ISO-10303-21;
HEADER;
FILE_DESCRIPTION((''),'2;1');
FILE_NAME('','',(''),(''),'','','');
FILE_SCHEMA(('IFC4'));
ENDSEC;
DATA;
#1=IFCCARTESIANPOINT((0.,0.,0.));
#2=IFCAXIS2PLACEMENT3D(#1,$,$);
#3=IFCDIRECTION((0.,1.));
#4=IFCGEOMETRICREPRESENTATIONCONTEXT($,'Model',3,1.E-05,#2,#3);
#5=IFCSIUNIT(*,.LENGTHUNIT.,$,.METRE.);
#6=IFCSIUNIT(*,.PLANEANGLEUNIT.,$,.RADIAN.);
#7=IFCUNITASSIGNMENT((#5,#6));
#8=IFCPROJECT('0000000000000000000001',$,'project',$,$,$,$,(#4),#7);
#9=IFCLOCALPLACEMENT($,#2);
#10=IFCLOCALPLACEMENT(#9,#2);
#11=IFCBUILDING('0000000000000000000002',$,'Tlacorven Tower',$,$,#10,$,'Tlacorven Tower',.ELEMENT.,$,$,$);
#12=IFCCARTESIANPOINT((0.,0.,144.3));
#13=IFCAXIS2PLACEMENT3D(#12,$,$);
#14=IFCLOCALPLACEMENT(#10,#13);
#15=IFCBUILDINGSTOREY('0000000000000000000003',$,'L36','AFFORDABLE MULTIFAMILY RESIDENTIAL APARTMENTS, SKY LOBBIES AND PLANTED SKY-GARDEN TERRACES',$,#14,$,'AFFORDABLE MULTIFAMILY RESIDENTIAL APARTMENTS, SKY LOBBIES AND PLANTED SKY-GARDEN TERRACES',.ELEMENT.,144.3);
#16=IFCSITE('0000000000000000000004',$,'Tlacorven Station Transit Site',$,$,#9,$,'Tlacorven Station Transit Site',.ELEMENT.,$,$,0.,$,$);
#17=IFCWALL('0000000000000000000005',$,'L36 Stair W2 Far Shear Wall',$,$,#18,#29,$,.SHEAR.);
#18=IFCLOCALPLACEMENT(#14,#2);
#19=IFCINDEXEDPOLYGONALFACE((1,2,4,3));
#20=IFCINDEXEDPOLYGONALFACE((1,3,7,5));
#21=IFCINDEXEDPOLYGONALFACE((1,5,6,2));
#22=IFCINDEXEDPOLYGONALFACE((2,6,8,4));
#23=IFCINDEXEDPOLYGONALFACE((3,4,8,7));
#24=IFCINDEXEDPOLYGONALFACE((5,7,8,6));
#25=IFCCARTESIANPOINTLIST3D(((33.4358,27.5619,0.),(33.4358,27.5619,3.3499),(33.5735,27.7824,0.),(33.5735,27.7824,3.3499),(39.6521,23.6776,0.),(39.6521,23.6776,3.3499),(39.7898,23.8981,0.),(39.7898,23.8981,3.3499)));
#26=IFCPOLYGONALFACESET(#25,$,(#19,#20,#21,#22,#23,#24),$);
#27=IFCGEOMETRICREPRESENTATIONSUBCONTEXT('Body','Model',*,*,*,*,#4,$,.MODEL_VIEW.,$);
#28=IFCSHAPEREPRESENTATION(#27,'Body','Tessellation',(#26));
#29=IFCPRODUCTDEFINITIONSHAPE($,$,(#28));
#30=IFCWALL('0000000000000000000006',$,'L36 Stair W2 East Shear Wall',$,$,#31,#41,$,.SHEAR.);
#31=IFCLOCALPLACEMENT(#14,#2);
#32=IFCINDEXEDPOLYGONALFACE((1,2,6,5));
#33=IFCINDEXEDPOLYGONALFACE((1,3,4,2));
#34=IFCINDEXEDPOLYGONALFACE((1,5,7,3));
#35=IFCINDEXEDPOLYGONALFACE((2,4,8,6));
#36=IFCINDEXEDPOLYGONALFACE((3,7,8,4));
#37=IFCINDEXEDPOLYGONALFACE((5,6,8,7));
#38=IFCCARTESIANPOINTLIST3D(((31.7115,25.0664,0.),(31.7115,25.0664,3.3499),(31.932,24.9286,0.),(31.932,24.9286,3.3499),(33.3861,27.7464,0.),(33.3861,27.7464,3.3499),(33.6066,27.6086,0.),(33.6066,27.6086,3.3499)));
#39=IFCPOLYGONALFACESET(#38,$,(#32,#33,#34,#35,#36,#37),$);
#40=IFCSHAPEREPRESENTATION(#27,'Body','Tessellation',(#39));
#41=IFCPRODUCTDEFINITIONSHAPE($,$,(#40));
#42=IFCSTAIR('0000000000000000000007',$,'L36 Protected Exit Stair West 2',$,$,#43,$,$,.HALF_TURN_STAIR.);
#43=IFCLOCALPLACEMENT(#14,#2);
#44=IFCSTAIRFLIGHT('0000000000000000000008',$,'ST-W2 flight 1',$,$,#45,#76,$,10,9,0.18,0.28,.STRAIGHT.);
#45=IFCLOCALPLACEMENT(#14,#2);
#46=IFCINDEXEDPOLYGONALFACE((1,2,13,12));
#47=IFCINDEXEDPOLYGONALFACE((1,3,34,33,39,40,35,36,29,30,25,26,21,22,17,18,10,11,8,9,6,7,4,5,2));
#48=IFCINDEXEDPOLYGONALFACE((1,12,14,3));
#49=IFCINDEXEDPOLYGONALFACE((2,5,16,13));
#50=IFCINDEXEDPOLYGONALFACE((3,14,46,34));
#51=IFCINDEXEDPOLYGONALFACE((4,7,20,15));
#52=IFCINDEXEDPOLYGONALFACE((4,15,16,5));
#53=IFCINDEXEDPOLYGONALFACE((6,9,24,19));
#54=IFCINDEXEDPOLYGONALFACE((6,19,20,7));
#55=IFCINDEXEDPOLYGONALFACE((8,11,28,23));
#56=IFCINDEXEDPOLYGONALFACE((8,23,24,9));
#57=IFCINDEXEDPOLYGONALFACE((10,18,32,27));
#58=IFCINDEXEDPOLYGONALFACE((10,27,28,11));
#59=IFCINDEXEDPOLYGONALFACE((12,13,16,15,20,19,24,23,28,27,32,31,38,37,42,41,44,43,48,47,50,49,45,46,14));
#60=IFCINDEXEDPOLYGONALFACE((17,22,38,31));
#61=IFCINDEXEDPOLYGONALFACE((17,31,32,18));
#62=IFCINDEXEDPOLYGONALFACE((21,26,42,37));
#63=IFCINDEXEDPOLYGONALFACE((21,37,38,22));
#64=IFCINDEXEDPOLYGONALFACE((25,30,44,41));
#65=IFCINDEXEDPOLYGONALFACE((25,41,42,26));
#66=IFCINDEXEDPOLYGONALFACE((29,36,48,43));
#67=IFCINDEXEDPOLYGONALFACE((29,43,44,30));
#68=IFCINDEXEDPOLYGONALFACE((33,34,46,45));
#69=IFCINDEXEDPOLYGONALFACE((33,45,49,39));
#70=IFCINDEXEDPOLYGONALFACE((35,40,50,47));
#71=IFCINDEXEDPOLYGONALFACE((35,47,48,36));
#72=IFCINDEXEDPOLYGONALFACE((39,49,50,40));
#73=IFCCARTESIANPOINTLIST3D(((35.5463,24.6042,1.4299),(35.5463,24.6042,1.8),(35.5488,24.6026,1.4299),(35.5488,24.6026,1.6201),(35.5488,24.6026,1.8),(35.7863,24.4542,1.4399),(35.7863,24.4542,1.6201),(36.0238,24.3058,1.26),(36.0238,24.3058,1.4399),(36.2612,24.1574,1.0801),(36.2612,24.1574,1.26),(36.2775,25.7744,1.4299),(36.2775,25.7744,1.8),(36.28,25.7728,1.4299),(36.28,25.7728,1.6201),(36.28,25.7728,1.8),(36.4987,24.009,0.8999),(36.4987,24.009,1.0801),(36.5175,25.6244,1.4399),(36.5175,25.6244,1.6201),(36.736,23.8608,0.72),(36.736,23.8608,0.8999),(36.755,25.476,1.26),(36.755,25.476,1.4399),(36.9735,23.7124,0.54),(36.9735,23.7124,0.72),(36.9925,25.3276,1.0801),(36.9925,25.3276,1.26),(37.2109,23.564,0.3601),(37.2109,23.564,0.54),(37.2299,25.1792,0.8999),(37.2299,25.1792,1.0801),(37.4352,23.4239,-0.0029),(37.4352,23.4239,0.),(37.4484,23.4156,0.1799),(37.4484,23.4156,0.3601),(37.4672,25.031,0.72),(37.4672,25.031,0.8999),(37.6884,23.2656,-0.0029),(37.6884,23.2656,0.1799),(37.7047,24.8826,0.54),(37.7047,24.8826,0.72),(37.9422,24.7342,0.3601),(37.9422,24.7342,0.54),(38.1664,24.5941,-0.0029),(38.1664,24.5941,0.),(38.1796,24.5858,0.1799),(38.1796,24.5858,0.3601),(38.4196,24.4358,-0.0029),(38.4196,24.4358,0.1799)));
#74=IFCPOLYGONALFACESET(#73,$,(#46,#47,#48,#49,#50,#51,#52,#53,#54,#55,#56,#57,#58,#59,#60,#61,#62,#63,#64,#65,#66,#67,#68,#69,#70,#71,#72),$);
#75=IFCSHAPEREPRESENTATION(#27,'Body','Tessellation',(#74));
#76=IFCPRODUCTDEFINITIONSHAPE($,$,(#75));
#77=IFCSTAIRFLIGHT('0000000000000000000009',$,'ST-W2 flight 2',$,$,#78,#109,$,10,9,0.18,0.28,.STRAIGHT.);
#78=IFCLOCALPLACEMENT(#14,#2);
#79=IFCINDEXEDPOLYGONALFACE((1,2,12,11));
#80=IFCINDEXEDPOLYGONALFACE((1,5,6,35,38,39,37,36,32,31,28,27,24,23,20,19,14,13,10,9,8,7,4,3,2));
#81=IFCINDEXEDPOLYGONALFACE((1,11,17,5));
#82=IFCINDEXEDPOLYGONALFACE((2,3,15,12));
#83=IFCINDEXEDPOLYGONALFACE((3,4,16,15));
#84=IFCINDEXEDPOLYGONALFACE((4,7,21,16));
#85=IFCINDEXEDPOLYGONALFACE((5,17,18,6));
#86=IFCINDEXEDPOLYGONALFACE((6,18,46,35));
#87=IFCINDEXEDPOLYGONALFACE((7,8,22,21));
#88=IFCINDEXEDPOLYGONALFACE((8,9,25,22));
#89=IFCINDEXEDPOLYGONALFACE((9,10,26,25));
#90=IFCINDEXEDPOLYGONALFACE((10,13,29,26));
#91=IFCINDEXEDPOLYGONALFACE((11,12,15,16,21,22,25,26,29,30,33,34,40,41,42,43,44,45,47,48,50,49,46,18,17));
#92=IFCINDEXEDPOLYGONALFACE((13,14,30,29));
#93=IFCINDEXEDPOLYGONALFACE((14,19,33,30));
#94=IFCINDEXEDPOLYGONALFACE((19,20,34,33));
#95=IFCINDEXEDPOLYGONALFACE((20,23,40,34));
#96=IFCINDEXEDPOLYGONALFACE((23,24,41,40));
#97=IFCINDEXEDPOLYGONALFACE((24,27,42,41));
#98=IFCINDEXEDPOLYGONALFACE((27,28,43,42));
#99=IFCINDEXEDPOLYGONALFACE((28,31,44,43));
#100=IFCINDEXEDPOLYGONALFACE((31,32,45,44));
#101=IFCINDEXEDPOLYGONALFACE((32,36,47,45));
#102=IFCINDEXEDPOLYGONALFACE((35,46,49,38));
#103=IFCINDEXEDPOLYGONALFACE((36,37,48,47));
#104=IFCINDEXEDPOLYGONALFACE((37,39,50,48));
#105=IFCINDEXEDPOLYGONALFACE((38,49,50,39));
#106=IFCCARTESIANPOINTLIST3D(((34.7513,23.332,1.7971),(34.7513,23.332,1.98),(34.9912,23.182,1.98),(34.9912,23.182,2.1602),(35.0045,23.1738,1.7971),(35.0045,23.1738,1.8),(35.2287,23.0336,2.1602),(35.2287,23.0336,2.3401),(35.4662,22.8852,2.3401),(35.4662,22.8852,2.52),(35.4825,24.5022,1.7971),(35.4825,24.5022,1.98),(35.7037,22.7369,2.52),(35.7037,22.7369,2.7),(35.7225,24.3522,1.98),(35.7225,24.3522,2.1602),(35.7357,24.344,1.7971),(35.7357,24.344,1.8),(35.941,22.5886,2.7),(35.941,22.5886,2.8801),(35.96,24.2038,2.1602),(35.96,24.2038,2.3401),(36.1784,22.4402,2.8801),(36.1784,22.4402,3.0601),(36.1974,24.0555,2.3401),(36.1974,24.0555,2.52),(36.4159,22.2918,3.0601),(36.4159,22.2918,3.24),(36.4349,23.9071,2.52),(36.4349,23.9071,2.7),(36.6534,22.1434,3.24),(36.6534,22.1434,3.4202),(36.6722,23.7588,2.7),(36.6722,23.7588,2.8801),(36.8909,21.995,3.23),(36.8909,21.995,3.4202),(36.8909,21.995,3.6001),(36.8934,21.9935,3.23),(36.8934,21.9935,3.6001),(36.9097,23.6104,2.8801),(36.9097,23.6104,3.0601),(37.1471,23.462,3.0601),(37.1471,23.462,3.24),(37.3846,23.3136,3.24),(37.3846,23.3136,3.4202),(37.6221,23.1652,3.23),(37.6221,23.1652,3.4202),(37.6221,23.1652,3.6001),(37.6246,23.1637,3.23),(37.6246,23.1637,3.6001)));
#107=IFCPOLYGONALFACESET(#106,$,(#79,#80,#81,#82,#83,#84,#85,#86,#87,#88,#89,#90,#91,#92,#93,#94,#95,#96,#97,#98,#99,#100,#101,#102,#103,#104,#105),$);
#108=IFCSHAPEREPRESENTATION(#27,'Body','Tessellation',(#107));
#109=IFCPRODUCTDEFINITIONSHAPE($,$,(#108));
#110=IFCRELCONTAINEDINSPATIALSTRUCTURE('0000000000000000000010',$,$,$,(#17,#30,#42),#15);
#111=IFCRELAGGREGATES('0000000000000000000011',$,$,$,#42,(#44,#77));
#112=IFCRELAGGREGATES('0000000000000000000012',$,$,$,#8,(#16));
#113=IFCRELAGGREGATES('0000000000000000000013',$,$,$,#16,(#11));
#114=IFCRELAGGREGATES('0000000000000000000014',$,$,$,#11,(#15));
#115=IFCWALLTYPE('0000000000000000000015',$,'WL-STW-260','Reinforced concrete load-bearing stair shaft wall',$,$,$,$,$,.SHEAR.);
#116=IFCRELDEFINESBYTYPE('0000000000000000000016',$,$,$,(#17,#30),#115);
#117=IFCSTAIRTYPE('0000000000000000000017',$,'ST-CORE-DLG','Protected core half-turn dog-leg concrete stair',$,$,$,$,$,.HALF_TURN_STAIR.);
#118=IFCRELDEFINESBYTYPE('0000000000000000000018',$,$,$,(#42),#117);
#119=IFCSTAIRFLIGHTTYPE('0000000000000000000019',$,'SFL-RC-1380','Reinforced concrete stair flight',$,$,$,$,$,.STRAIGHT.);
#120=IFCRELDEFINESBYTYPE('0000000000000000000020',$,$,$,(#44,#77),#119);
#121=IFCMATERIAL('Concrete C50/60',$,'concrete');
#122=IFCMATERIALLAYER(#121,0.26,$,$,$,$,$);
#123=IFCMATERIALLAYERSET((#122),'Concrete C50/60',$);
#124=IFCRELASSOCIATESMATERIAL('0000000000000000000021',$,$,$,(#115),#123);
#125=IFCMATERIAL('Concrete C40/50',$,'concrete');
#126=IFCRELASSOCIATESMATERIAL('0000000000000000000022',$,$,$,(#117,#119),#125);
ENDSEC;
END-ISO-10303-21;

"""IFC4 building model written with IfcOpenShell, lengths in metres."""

from ifc_helpers import new_model, si_unit, direction, frame, frame_2d, origin, place, context, subcontext, project, spatial, polyline, rectangle, outline, extrude, source, transform, mapped, material, layer, layer_set, type_object, element, aggregate, save


model = new_model("IFC4")

# Units and contexts
model_context = context("Model", 3, precision=1e-05, world=origin(), true_north=direction((0.0, 1.0)))
body_context = subcontext(model_context, "Body", "Model", "MODEL_VIEW")
ifc_project = project(units=[si_unit("LENGTHUNIT", "METRE"), si_unit("PLANEANGLEUNIT", "RADIAN")], contexts=[model_context])

# Site, building, storey
site_placement = place(None, origin())
site = spatial("IfcSite", under=ifc_project, at=site_placement, Name="Tlacorven Station Transit Site", LongName="Tlacorven Station Transit Site", CompositionType="ELEMENT", RefElevation=0.0)
building_placement = place(site_placement, origin())
building = spatial("IfcBuilding", under=site, at=building_placement, Name="Tlacorven Tower", LongName="Tlacorven Tower", CompositionType="ELEMENT")
storey_placement = place(building_placement, frame((0.0, 0.0, 144.3)))
storey = spatial("IfcBuildingStorey", under=building, at=storey_placement, Name="L36", Description="AFFORDABLE MULTIFAMILY RESIDENTIAL APARTMENTS, SKY LOBBIES AND PLANTED SKY-GARDEN TERRACES", LongName="AFFORDABLE MULTIFAMILY RESIDENTIAL APARTMENTS, SKY LOBBIES AND PLANTED SKY-GARDEN TERRACES", CompositionType="ELEMENT", Elevation=144.3)

# Walls
ifc_material_1 = material(Name="Concrete C40/50", Category="concrete")
ifc_material_2 = material(Name="Concrete C50/60", Category="concrete")
ifc_layer_1 = layer(ifc_material_2, 0.26)
ifc_layer_set_1 = layer_set([ifc_layer_1], Name="Concrete C50/60")
wall_type_1 = type_object("IfcWallType", Name="WL-STW-260", Description="Reinforced concrete load-bearing stair shaft wall", PredefinedType="SHEAR", material=ifc_layer_set_1)
wall_1_placement = place(storey_placement, frame((39.7209, 23.7878, 0.0), z_axis=(0.0, 0.0, 1.0), x_axis=(-0.848054, 0.529909, 0.0)))
element("IfcWall", 1, at=wall_1_placement, inside=storey, type_object=wall_type_1, Name="L36 Stair W2 Far Shear Wall", PredefinedType="SHEAR", context=body_context, shape_type="SweptSolid", body=[
    extrude(rectangle(XDim=7.3301, YDim=0.26, at=frame_2d((3.665, 0.0))), origin(), (0.0, 0.0, 1.0), 3.3499),
])
wall_2_placement = place(storey_placement, frame((33.4963, 27.6775, 0.0), z_axis=(0.0, 0.0, 1.0), x_axis=(-0.529909, -0.848055, 0.0)))
element("IfcWall", 2, at=wall_2_placement, inside=storey, type_object=wall_type_1, Name="L36 Stair W2 East Shear Wall", PredefinedType="SHEAR", context=body_context, shape_type="SweptSolid", body=[
    extrude(rectangle(XDim=3.1602, YDim=0.26, at=frame_2d((1.5801, 0.0))), origin(), (0.0, 0.0, 1.0), 3.3499),
])

# Stair, stair flights
stair_type = type_object("IfcStairType", Name="ST-CORE-DLG", Description="Protected core half-turn dog-leg concrete stair", PredefinedType="HALF_TURN_STAIR", material=ifc_material_1)
stair_placement = place(storey_placement, origin())
stair = element("IfcStair", 3, at=stair_placement, inside=storey, type_object=stair_type, Name="L36 Protected Exit Stair West 2", PredefinedType="HALF_TURN_STAIR")
stair_flight_type = type_object("IfcStairFlightType", Name="SFL-RC-1380", Description="Reinforced concrete stair flight", PredefinedType="STRAIGHT", material=ifc_material_1)
shared_shape_1 = source(origin(), body_context, "Body", "SweptSolid", [
    extrude(outline(polyline([(-0.0029, -0.0029), (-0.0029, 0.1799), (0.28, 0.1799), (0.28, 0.3601), (0.5601, 0.3601), (0.5601, 0.54), (0.8401, 0.54), (0.8401, 0.72), (1.1201, 0.72), (1.1201, 0.8999), (1.3999, 0.8999), (1.3999, 1.0801), (1.6799, 1.0801), (1.6799, 1.26), (1.96, 1.26), (1.96, 1.4399), (2.24, 1.4399), (2.24, 1.6201), (2.52, 1.6201), (2.52, 1.8), (2.5229, 1.8), (2.5229, 1.4299), (2.52, 1.4299), (0.2957, 0.0), (0.2957, -0.0029), (-0.0029, -0.0029)])), frame((0.0, 0.6899, 0.0), z_axis=(0.0, -1.0, 0.0), x_axis=(1.0, 0.0, 0.0)), (0.0, 0.0, 1.0), 1.3799),
])
stair_flight_1_placement = place(storey_placement, frame((38.0515, 23.8523, 0.0), z_axis=(0.0, 0.0, 1.0), x_axis=(-0.848048, 0.529919, 0.0)))
stair_flight_1 = element("IfcStairFlight", 4, at=stair_flight_1_placement, type_object=stair_flight_type, Name="ST-W2 flight 1", NumberOfRisers=10, NumberOfTreads=9, PredefinedType="STRAIGHT", RiserHeight=0.18, TreadLength=0.28, context=body_context, shape_type="MappedRepresentation", body=[
    mapped(shared_shape_1, transform((0.0, 0.0, 0.0), scale=1.0)),
])
stair_flight_2_placement = place(storey_placement, frame((35.1194, 23.9155, 1.8), z_axis=(0.0, 0.0, 1.0), x_axis=(0.848048, -0.529919, 0.0)))
stair_flight_2 = element("IfcStairFlight", 5, at=stair_flight_2_placement, type_object=stair_flight_type, Name="ST-W2 flight 2", NumberOfRisers=10, NumberOfTreads=9, PredefinedType="STRAIGHT", RiserHeight=0.18, TreadLength=0.28, context=body_context, shape_type="MappedRepresentation", body=[
    mapped(shared_shape_1, transform((0.0, 0.0, 0.0), scale=1.0)),
])
aggregate(stair, [stair_flight_1, stair_flight_2])

save(model, "model.ifc")
